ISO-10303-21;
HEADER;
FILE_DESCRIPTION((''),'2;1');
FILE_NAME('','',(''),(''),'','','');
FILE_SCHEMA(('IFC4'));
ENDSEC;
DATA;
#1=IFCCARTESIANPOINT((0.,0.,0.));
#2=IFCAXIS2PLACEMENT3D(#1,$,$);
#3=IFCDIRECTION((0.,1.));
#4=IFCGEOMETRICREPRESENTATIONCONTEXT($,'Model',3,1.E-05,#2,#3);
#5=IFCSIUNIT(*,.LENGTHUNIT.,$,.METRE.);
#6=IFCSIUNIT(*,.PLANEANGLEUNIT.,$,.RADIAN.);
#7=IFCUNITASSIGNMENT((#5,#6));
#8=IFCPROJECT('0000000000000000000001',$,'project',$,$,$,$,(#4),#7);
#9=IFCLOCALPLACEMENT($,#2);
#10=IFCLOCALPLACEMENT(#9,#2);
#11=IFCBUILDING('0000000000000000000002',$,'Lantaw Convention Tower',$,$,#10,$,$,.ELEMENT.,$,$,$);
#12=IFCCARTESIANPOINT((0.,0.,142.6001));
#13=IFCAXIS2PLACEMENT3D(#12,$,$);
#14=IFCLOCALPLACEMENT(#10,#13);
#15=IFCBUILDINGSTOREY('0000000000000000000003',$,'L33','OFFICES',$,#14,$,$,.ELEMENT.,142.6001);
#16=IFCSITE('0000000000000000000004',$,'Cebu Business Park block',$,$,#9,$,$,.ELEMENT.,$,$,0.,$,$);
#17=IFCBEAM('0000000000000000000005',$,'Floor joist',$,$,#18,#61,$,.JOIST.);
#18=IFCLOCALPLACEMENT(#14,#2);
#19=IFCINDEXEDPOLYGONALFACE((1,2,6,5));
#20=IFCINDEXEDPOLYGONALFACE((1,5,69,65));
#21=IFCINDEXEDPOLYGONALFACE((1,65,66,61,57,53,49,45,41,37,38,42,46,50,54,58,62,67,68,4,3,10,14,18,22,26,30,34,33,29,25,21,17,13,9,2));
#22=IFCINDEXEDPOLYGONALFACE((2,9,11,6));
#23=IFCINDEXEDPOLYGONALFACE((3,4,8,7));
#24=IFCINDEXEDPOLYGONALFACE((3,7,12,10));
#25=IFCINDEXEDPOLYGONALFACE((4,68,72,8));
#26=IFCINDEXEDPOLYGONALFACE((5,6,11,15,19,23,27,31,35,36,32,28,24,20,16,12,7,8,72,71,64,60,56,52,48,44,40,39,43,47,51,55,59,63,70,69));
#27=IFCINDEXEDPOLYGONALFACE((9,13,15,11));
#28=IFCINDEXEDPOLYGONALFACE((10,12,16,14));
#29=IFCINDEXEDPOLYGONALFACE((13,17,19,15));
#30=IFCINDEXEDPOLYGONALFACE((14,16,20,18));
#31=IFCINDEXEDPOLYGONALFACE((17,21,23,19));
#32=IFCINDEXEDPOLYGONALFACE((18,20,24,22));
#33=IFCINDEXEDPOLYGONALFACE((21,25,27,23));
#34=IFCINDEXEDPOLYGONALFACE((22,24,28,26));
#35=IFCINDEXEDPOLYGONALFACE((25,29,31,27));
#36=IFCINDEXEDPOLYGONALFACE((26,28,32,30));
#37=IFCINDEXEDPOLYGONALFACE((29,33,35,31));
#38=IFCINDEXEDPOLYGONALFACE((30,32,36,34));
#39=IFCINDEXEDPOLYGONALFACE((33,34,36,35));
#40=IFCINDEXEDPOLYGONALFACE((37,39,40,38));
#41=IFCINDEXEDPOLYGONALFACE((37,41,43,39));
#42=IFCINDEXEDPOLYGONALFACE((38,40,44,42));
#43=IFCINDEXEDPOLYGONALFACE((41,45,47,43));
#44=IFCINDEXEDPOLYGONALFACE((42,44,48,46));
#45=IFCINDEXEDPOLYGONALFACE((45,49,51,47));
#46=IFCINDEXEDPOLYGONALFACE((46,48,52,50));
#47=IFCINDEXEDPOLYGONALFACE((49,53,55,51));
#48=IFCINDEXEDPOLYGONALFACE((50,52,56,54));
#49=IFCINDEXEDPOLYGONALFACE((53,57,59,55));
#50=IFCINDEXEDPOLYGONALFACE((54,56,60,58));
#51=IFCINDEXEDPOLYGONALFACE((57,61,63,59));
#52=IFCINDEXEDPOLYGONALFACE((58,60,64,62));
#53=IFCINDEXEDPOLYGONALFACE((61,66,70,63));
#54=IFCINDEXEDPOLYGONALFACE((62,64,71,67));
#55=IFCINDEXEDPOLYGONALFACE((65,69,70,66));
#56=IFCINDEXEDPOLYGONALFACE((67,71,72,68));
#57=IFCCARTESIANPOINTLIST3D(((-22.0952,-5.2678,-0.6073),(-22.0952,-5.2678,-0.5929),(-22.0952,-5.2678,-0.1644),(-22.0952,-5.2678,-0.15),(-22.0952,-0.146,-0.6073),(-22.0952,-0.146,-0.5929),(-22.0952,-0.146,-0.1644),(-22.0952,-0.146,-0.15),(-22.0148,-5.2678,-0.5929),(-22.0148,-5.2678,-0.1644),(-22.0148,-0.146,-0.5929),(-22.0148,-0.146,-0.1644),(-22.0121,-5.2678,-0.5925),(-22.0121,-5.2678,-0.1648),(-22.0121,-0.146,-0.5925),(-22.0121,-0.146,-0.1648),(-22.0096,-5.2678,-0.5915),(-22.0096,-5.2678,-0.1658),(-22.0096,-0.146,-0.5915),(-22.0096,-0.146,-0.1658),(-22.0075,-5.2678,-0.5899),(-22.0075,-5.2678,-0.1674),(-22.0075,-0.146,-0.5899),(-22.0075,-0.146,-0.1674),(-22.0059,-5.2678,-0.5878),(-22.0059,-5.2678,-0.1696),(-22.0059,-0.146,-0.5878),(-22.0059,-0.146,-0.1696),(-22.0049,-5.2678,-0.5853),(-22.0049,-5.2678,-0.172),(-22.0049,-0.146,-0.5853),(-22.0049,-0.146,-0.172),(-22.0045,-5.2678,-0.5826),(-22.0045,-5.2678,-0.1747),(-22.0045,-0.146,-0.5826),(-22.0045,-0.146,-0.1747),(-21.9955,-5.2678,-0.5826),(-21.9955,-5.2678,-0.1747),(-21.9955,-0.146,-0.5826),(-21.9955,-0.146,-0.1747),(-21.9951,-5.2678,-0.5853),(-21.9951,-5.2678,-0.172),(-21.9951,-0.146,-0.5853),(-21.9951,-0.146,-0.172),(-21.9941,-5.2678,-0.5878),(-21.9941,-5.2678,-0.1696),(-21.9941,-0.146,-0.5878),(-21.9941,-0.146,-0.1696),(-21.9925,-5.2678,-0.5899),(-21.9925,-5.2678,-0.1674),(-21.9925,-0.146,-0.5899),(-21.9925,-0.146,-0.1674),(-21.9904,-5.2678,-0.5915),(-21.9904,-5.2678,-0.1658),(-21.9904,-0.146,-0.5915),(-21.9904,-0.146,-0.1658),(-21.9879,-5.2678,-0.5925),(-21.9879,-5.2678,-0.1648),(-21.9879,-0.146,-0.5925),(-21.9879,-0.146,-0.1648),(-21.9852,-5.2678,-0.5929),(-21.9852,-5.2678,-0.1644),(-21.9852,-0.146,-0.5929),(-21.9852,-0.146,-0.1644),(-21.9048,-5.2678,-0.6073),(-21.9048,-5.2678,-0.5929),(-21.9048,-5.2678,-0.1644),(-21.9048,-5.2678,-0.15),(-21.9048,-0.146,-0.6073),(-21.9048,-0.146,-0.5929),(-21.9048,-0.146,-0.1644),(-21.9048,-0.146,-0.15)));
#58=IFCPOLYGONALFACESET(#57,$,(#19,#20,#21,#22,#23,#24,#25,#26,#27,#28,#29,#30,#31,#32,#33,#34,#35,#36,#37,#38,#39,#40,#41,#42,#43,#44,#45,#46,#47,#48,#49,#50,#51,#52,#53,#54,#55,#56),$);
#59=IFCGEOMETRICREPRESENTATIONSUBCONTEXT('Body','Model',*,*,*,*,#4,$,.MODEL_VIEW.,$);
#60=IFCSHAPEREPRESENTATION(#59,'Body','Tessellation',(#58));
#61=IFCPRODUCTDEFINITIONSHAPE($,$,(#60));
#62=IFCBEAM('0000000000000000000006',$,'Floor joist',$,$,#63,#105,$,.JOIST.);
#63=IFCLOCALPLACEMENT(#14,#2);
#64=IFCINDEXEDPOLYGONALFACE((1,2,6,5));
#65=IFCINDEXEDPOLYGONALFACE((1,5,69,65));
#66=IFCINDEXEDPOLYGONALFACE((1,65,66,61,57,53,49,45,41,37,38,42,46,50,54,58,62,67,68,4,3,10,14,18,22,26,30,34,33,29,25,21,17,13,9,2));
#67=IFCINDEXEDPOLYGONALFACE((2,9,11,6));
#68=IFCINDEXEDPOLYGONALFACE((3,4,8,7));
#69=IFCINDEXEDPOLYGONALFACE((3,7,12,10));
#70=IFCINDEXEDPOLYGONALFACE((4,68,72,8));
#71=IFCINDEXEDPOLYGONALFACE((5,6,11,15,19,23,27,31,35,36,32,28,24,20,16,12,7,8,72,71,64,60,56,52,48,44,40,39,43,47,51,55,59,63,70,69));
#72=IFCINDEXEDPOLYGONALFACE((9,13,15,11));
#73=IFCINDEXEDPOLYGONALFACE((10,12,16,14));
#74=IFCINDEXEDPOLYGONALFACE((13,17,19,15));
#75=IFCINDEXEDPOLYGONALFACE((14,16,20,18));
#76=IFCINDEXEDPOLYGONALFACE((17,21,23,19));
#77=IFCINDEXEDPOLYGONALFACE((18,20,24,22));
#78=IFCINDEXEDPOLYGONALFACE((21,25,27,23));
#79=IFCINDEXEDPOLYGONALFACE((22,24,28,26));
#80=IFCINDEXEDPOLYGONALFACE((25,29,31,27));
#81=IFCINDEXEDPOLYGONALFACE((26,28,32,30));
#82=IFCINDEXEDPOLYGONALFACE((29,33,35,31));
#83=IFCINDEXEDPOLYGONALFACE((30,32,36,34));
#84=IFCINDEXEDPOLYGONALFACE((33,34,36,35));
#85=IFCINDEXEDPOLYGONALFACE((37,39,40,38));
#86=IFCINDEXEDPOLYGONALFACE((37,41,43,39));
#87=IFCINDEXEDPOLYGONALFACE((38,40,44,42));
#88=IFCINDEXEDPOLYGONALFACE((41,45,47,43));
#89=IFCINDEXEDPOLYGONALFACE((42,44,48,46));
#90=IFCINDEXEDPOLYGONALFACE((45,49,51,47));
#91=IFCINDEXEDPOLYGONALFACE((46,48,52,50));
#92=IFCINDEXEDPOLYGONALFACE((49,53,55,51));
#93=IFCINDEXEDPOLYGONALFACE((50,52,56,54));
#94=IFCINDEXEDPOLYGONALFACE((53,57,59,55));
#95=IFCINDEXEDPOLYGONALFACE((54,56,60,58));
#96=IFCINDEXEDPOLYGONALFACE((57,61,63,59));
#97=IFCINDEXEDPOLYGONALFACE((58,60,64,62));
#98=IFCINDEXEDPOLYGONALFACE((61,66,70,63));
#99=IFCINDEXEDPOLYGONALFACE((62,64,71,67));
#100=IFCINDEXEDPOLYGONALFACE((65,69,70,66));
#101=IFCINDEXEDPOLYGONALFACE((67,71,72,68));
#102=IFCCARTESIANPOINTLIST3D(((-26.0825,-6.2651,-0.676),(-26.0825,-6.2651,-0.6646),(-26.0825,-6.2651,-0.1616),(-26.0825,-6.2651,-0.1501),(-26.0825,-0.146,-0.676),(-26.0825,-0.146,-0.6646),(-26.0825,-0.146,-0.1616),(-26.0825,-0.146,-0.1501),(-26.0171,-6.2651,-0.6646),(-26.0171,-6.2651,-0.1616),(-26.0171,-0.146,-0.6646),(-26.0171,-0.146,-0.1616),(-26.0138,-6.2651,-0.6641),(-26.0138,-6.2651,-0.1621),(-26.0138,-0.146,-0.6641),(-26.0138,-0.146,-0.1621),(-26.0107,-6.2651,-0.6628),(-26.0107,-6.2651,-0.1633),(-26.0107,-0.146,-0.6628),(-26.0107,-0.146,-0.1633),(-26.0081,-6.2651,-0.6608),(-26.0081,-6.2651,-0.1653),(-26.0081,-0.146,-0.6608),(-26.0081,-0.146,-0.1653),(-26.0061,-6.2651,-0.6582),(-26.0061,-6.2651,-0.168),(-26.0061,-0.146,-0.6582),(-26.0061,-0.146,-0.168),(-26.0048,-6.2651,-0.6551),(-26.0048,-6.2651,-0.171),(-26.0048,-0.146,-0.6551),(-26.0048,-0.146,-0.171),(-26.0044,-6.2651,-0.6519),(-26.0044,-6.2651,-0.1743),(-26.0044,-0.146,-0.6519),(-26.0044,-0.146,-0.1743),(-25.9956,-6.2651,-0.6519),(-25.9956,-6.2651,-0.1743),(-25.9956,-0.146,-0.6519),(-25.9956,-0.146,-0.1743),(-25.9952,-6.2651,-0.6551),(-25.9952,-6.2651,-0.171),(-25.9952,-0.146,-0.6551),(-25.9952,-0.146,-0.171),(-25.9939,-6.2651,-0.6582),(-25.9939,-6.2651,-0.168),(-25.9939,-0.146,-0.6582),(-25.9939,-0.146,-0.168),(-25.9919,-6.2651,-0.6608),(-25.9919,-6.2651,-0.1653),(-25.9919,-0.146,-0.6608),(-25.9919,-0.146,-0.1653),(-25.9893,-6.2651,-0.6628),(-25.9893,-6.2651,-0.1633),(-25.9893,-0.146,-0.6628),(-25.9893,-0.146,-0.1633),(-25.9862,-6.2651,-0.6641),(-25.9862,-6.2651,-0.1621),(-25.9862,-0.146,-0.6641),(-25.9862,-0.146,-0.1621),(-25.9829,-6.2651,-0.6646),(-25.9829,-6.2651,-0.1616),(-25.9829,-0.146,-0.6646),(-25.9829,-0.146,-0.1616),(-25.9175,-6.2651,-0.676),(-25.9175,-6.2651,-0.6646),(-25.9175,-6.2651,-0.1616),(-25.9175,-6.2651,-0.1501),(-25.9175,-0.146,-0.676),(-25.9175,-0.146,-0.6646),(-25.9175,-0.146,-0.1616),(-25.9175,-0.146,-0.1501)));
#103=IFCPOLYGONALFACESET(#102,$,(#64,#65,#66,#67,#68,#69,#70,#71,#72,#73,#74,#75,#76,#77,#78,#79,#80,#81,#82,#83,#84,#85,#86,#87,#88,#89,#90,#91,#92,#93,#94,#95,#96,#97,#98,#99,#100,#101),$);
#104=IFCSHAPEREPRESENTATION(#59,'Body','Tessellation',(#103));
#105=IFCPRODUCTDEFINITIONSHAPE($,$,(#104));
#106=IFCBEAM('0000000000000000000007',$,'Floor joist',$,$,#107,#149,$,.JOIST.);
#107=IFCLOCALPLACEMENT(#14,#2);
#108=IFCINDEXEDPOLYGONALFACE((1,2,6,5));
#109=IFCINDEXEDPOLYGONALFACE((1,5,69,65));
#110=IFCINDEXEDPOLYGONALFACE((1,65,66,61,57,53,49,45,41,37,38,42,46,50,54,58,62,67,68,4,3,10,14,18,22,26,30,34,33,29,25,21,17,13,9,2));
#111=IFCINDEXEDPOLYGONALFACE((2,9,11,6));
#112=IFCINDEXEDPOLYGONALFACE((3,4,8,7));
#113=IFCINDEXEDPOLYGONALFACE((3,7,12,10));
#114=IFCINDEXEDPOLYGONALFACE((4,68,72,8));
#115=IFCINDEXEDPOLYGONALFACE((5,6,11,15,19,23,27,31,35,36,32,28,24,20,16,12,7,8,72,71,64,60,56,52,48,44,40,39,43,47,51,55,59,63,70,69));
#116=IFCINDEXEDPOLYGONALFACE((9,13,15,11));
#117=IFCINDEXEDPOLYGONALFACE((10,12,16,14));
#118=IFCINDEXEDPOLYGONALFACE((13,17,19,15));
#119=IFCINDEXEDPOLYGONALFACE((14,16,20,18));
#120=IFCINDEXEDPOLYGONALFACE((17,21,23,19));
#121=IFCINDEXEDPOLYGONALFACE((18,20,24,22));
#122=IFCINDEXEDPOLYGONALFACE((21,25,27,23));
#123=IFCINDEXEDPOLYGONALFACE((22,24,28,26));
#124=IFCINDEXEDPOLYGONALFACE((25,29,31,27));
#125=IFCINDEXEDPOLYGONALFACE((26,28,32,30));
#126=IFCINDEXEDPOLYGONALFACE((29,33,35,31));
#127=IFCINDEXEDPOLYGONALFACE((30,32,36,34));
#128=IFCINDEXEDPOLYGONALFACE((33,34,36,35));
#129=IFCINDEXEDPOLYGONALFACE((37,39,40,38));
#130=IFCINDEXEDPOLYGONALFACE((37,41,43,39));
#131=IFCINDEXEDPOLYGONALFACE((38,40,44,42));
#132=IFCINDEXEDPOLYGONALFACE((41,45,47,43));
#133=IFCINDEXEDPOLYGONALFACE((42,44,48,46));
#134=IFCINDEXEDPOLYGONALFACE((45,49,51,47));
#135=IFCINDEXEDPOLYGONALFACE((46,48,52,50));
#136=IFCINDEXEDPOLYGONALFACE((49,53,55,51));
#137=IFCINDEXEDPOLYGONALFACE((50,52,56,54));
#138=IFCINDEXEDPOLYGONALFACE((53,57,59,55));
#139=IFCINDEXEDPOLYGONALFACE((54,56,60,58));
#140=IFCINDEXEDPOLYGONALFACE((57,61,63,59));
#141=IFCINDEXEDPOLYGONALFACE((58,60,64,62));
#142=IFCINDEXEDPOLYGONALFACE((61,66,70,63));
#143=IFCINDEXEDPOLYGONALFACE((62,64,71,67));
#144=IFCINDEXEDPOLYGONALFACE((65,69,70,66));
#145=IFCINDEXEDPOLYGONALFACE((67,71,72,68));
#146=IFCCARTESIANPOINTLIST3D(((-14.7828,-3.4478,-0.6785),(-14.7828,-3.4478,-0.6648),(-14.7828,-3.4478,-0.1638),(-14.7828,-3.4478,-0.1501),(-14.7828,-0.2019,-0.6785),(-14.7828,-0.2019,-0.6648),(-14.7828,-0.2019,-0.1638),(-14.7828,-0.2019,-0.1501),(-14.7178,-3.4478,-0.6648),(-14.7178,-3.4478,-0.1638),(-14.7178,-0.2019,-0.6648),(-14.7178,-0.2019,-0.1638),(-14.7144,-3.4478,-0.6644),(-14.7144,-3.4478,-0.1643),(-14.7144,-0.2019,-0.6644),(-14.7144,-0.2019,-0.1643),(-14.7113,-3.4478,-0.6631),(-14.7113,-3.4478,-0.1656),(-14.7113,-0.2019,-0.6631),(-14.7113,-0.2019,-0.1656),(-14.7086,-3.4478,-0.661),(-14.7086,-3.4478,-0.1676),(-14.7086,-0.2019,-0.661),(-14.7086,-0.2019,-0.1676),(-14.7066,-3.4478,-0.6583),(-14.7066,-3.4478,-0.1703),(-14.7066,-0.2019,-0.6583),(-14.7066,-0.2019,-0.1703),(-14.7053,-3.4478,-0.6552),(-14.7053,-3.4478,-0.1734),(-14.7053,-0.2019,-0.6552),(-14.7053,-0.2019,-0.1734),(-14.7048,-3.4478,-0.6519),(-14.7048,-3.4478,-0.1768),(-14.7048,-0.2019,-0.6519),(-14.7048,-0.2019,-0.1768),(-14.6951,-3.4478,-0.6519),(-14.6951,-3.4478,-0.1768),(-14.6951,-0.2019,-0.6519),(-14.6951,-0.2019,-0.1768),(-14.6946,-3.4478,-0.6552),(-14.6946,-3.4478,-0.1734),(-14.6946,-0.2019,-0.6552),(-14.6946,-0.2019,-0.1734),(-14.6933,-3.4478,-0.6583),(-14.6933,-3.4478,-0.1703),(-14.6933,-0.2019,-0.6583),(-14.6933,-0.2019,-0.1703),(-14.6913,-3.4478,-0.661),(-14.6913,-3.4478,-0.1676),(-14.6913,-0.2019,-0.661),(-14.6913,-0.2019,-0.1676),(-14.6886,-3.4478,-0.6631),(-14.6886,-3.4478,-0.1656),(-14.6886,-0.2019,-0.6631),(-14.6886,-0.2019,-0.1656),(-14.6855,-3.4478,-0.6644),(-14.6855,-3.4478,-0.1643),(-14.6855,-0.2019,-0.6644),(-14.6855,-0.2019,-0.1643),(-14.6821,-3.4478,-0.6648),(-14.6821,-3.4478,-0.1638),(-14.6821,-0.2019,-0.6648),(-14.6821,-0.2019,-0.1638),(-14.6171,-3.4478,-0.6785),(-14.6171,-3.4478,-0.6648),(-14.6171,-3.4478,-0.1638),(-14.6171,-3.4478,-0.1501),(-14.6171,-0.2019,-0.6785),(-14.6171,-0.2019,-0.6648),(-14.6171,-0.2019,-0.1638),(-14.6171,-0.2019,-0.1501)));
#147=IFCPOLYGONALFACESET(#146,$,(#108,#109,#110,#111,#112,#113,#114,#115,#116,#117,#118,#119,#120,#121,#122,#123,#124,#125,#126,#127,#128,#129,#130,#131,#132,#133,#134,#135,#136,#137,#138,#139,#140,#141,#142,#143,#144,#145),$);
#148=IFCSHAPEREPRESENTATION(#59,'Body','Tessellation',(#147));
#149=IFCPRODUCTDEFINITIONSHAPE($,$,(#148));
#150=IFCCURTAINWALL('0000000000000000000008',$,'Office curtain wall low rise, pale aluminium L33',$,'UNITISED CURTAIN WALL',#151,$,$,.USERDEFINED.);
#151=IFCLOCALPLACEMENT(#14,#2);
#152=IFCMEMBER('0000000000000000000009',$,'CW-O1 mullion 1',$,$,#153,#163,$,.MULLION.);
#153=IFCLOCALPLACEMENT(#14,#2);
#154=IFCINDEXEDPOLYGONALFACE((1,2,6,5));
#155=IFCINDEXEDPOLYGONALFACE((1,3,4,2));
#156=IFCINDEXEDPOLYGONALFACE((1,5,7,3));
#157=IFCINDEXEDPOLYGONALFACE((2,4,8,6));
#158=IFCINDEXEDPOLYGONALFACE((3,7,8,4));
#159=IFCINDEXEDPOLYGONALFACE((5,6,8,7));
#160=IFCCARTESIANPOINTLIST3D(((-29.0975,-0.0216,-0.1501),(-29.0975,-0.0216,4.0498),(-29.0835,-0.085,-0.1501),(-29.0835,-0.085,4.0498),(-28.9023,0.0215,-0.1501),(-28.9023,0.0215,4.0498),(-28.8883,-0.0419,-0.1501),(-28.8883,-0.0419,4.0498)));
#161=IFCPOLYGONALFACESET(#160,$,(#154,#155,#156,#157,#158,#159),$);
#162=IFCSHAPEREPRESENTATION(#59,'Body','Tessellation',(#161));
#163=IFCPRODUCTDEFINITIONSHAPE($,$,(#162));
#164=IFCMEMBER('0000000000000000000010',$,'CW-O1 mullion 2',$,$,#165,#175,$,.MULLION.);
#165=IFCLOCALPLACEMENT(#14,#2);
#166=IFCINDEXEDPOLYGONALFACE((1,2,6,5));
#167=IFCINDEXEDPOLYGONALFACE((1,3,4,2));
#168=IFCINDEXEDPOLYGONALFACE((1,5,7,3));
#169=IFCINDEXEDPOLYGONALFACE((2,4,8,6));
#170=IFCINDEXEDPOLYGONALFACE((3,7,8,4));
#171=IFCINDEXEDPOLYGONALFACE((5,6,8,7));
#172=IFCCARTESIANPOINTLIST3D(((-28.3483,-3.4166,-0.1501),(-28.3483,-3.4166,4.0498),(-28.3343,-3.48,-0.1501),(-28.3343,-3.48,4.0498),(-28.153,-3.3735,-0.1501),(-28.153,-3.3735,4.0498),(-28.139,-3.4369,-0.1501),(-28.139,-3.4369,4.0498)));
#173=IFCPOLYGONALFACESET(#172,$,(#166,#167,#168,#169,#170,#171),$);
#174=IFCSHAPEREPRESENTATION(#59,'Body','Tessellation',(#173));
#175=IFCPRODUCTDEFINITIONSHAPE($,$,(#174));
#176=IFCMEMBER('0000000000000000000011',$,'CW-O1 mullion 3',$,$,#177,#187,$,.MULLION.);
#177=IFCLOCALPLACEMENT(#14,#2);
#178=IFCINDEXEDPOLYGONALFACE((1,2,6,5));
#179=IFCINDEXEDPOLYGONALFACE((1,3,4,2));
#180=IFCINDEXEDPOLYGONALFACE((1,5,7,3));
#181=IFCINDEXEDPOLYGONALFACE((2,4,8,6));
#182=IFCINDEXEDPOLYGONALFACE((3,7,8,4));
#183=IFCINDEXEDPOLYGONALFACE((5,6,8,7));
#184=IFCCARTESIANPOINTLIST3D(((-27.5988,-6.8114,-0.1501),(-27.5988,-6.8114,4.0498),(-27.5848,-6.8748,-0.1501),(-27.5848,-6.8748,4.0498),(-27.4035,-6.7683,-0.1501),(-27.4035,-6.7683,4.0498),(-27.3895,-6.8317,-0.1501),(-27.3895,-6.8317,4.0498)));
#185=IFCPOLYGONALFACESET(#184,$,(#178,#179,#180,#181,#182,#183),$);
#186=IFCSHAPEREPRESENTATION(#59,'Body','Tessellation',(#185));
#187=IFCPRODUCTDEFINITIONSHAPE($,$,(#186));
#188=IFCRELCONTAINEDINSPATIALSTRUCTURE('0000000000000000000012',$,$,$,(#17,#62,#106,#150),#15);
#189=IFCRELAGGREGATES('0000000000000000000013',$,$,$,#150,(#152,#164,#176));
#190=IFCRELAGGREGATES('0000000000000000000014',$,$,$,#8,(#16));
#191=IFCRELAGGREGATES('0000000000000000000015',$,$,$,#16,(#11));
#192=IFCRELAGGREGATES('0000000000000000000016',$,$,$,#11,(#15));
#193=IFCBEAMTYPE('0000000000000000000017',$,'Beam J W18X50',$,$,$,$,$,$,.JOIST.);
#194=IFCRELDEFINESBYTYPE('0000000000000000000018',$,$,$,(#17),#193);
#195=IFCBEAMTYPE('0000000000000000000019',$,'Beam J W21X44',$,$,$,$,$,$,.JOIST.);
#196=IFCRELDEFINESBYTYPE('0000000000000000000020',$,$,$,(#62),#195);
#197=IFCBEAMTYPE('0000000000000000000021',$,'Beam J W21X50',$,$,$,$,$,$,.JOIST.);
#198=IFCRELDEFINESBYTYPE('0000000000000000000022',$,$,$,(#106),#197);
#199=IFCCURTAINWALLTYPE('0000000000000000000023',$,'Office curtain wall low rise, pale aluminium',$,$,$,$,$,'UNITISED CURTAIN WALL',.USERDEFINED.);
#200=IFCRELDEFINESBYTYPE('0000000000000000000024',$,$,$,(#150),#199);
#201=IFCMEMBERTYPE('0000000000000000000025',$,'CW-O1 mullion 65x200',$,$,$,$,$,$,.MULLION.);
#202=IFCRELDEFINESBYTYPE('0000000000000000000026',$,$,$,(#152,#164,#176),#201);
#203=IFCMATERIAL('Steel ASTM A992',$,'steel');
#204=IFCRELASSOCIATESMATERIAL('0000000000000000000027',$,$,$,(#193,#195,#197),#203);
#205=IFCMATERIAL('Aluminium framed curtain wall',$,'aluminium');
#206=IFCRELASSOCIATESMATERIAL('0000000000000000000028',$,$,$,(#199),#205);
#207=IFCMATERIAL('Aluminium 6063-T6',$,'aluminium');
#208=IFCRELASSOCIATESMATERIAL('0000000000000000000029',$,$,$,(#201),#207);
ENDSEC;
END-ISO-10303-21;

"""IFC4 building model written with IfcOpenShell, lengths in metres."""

from ifc_helpers import new_model, si_unit, direction, frame, origin, origin_2d, place, context, subcontext, project, spatial, rectangle, i_section, extrude, material, material_profile, profile_set, type_object, element, aggregate, save


model = new_model("IFC4")

# Units and contexts
model_context = context("Model", 3, precision=1e-05, world=origin(), true_north=direction((0.0, 1.0)))
body_context = subcontext(model_context, "Body", "Model", "MODEL_VIEW")
ifc_project = project(units=[si_unit("LENGTHUNIT", "METRE"), si_unit("PLANEANGLEUNIT", "RADIAN")], contexts=[model_context])

# Site, building, storey
site_placement = place(None, origin())
site = spatial("IfcSite", under=ifc_project, at=site_placement, Name="Cebu Business Park block", CompositionType="ELEMENT", RefElevation=0.0)
building_placement = place(site_placement, origin())
building = spatial("IfcBuilding", under=site, at=building_placement, Name="Lantaw Convention Tower", CompositionType="ELEMENT")
storey_placement = place(building_placement, frame((0.0, 0.0, 142.6001)))
storey = spatial("IfcBuildingStorey", under=building, at=storey_placement, Name="L33", Description="OFFICES", CompositionType="ELEMENT", Elevation=142.6001)

# Beams
ifc_material_1 = material(Name="Steel ASTM A992", Category="steel")
ifc_material_profile_1 = material_profile(ifc_material_1, i_section(OverallWidth=0.1904, OverallDepth=0.4573, WebThickness=0.009, FlangeThickness=0.0144, FilletRadius=0.0103, at=origin_2d()), Name="W18X50")
ifc_profile_set_1 = profile_set([ifc_material_profile_1], Name="Steel ASTM A992")
beam_type_1 = type_object("IfcBeamType", Name="Beam J W18X50", PredefinedType="JOIST", material=ifc_profile_set_1)
beam_1_placement = place(storey_placement, frame((-22.0, -5.2678, -0.3787), z_axis=(0.0, 1.0, 0.0), x_axis=(-1.0, 0.0, 0.0)))
element("IfcBeam", 1, at=beam_1_placement, inside=storey, type_object=beam_type_1, Name="Floor joist", PredefinedType="JOIST", context=body_context, shape_type="SweptSolid", body=[
    extrude(i_section(OverallWidth=0.1904, OverallDepth=0.4573, WebThickness=0.009, FlangeThickness=0.0144, FilletRadius=0.0103, at=origin_2d()), origin(), (0.0, 0.0, 1.0), 5.1218),
])
ifc_material_profile_2 = material_profile(ifc_material_1, i_section(OverallWidth=0.165, OverallDepth=0.5259, WebThickness=0.0088, FlangeThickness=0.0115, FilletRadius=0.0127, at=origin_2d()), Name="W21X44")
ifc_profile_set_2 = profile_set([ifc_material_profile_2], Name="Steel ASTM A992")
beam_type_2 = type_object("IfcBeamType", Name="Beam J W21X44", PredefinedType="JOIST", material=ifc_profile_set_2)
beam_2_placement = place(storey_placement, frame((-26.0, -6.2651, -0.4131), z_axis=(0.0, 1.0, 0.0), x_axis=(-1.0, 0.0, 0.0)))
element("IfcBeam", 2, at=beam_2_placement, inside=storey, type_object=beam_type_2, Name="Floor joist", PredefinedType="JOIST", context=body_context, shape_type="SweptSolid", body=[
    extrude(i_section(OverallWidth=0.165, OverallDepth=0.5259, WebThickness=0.0088, FlangeThickness=0.0115, FilletRadius=0.0127, at=origin_2d()), origin(), (0.0, 0.0, 1.0), 6.1191),
])
ifc_material_profile_3 = material_profile(ifc_material_1, i_section(OverallWidth=0.1658, OverallDepth=0.5283, WebThickness=0.0098, FlangeThickness=0.0137, FilletRadius=0.0129, at=origin_2d()), Name="W21X50")
ifc_profile_set_3 = profile_set([ifc_material_profile_3], Name="Steel ASTM A992")
beam_type_3 = type_object("IfcBeamType", Name="Beam J W21X50", PredefinedType="JOIST", material=ifc_profile_set_3)
beam_3_placement = place(storey_placement, frame((-14.7, -3.4478, -0.4143), z_axis=(0.0, 1.0, 0.0), x_axis=(-1.0, 0.0, 0.0)))
element("IfcBeam", 3, at=beam_3_placement, inside=storey, type_object=beam_type_3, Name="Floor joist", PredefinedType="JOIST", context=body_context, shape_type="SweptSolid", body=[
    extrude(i_section(OverallWidth=0.1658, OverallDepth=0.5283, WebThickness=0.0098, FlangeThickness=0.0137, FilletRadius=0.0129, at=origin_2d()), origin(), (0.0, 0.0, 1.0), 3.2458),
])

# Curtain wall, members
ifc_material_2 = material(Name="Aluminium framed curtain wall", Category="aluminium")
curtain_wall_type = type_object("IfcCurtainWallType", Name="Office curtain wall low rise, pale aluminium", ElementType="UNITISED CURTAIN WALL", PredefinedType="USERDEFINED", material=ifc_material_2)
curtain_wall_1_placement = place(storey_placement, origin())
curtain_wall_1 = element("IfcCurtainWall", 4, at=curtain_wall_1_placement, inside=storey, type_object=curtain_wall_type, Name="Office curtain wall low rise, pale aluminium L33", ObjectType="UNITISED CURTAIN WALL", PredefinedType="USERDEFINED")
ifc_material_3 = material(Name="Aluminium 6063-T6", Category="aluminium")
ifc_material_profile_4 = material_profile(ifc_material_3, rectangle(XDim=0.2, YDim=0.0649, at=origin_2d()), Name="CW-O1 mullion 65x200")
ifc_profile_set_4 = profile_set([ifc_material_profile_4], Name="Aluminium 6063-T6")
member_type_1 = type_object("IfcMemberType", Name="CW-O1 mullion 65x200", PredefinedType="MULLION", material=ifc_profile_set_4)
member_1_placement = place(storey_placement, frame((-28.9929, -0.0317, -0.1501), z_axis=(0.0, 0.0, 1.0), x_axis=(0.976494, 0.215546, 0.0)))
member_1 = element("IfcMember", 5, at=member_1_placement, type_object=member_type_1, Name="CW-O1 mullion 1", PredefinedType="MULLION", context=body_context, shape_type="SweptSolid", body=[
    extrude(rectangle(XDim=0.2, YDim=0.0649, at=origin_2d()), origin(), (0.0, 0.0, 1.0), 4.2),
])
member_2_placement = place(storey_placement, frame((-28.2437, -3.4268, -0.1501), z_axis=(0.0, 0.0, 1.0), x_axis=(0.976494, 0.215546, 0.0)))
member_2 = element("IfcMember", 6, at=member_2_placement, type_object=member_type_1, Name="CW-O1 mullion 2", PredefinedType="MULLION", context=body_context, shape_type="SweptSolid", body=[
    extrude(rectangle(XDim=0.2, YDim=0.0649, at=origin_2d()), origin(), (0.0, 0.0, 1.0), 4.2),
])
member_3_placement = place(storey_placement, frame((-27.4941, -6.8215, -0.1501), z_axis=(0.0, 0.0, 1.0), x_axis=(0.976494, 0.215546, 0.0)))
member_3 = element("IfcMember", 7, at=member_3_placement, type_object=member_type_1, Name="CW-O1 mullion 3", PredefinedType="MULLION", context=body_context, shape_type="SweptSolid", body=[
    extrude(rectangle(XDim=0.2, YDim=0.0649, at=origin_2d()), origin(), (0.0, 0.0, 1.0), 4.2),
])

aggregate(curtain_wall_1, [member_1, member_2, member_3])

save(model, "model.ifc")
